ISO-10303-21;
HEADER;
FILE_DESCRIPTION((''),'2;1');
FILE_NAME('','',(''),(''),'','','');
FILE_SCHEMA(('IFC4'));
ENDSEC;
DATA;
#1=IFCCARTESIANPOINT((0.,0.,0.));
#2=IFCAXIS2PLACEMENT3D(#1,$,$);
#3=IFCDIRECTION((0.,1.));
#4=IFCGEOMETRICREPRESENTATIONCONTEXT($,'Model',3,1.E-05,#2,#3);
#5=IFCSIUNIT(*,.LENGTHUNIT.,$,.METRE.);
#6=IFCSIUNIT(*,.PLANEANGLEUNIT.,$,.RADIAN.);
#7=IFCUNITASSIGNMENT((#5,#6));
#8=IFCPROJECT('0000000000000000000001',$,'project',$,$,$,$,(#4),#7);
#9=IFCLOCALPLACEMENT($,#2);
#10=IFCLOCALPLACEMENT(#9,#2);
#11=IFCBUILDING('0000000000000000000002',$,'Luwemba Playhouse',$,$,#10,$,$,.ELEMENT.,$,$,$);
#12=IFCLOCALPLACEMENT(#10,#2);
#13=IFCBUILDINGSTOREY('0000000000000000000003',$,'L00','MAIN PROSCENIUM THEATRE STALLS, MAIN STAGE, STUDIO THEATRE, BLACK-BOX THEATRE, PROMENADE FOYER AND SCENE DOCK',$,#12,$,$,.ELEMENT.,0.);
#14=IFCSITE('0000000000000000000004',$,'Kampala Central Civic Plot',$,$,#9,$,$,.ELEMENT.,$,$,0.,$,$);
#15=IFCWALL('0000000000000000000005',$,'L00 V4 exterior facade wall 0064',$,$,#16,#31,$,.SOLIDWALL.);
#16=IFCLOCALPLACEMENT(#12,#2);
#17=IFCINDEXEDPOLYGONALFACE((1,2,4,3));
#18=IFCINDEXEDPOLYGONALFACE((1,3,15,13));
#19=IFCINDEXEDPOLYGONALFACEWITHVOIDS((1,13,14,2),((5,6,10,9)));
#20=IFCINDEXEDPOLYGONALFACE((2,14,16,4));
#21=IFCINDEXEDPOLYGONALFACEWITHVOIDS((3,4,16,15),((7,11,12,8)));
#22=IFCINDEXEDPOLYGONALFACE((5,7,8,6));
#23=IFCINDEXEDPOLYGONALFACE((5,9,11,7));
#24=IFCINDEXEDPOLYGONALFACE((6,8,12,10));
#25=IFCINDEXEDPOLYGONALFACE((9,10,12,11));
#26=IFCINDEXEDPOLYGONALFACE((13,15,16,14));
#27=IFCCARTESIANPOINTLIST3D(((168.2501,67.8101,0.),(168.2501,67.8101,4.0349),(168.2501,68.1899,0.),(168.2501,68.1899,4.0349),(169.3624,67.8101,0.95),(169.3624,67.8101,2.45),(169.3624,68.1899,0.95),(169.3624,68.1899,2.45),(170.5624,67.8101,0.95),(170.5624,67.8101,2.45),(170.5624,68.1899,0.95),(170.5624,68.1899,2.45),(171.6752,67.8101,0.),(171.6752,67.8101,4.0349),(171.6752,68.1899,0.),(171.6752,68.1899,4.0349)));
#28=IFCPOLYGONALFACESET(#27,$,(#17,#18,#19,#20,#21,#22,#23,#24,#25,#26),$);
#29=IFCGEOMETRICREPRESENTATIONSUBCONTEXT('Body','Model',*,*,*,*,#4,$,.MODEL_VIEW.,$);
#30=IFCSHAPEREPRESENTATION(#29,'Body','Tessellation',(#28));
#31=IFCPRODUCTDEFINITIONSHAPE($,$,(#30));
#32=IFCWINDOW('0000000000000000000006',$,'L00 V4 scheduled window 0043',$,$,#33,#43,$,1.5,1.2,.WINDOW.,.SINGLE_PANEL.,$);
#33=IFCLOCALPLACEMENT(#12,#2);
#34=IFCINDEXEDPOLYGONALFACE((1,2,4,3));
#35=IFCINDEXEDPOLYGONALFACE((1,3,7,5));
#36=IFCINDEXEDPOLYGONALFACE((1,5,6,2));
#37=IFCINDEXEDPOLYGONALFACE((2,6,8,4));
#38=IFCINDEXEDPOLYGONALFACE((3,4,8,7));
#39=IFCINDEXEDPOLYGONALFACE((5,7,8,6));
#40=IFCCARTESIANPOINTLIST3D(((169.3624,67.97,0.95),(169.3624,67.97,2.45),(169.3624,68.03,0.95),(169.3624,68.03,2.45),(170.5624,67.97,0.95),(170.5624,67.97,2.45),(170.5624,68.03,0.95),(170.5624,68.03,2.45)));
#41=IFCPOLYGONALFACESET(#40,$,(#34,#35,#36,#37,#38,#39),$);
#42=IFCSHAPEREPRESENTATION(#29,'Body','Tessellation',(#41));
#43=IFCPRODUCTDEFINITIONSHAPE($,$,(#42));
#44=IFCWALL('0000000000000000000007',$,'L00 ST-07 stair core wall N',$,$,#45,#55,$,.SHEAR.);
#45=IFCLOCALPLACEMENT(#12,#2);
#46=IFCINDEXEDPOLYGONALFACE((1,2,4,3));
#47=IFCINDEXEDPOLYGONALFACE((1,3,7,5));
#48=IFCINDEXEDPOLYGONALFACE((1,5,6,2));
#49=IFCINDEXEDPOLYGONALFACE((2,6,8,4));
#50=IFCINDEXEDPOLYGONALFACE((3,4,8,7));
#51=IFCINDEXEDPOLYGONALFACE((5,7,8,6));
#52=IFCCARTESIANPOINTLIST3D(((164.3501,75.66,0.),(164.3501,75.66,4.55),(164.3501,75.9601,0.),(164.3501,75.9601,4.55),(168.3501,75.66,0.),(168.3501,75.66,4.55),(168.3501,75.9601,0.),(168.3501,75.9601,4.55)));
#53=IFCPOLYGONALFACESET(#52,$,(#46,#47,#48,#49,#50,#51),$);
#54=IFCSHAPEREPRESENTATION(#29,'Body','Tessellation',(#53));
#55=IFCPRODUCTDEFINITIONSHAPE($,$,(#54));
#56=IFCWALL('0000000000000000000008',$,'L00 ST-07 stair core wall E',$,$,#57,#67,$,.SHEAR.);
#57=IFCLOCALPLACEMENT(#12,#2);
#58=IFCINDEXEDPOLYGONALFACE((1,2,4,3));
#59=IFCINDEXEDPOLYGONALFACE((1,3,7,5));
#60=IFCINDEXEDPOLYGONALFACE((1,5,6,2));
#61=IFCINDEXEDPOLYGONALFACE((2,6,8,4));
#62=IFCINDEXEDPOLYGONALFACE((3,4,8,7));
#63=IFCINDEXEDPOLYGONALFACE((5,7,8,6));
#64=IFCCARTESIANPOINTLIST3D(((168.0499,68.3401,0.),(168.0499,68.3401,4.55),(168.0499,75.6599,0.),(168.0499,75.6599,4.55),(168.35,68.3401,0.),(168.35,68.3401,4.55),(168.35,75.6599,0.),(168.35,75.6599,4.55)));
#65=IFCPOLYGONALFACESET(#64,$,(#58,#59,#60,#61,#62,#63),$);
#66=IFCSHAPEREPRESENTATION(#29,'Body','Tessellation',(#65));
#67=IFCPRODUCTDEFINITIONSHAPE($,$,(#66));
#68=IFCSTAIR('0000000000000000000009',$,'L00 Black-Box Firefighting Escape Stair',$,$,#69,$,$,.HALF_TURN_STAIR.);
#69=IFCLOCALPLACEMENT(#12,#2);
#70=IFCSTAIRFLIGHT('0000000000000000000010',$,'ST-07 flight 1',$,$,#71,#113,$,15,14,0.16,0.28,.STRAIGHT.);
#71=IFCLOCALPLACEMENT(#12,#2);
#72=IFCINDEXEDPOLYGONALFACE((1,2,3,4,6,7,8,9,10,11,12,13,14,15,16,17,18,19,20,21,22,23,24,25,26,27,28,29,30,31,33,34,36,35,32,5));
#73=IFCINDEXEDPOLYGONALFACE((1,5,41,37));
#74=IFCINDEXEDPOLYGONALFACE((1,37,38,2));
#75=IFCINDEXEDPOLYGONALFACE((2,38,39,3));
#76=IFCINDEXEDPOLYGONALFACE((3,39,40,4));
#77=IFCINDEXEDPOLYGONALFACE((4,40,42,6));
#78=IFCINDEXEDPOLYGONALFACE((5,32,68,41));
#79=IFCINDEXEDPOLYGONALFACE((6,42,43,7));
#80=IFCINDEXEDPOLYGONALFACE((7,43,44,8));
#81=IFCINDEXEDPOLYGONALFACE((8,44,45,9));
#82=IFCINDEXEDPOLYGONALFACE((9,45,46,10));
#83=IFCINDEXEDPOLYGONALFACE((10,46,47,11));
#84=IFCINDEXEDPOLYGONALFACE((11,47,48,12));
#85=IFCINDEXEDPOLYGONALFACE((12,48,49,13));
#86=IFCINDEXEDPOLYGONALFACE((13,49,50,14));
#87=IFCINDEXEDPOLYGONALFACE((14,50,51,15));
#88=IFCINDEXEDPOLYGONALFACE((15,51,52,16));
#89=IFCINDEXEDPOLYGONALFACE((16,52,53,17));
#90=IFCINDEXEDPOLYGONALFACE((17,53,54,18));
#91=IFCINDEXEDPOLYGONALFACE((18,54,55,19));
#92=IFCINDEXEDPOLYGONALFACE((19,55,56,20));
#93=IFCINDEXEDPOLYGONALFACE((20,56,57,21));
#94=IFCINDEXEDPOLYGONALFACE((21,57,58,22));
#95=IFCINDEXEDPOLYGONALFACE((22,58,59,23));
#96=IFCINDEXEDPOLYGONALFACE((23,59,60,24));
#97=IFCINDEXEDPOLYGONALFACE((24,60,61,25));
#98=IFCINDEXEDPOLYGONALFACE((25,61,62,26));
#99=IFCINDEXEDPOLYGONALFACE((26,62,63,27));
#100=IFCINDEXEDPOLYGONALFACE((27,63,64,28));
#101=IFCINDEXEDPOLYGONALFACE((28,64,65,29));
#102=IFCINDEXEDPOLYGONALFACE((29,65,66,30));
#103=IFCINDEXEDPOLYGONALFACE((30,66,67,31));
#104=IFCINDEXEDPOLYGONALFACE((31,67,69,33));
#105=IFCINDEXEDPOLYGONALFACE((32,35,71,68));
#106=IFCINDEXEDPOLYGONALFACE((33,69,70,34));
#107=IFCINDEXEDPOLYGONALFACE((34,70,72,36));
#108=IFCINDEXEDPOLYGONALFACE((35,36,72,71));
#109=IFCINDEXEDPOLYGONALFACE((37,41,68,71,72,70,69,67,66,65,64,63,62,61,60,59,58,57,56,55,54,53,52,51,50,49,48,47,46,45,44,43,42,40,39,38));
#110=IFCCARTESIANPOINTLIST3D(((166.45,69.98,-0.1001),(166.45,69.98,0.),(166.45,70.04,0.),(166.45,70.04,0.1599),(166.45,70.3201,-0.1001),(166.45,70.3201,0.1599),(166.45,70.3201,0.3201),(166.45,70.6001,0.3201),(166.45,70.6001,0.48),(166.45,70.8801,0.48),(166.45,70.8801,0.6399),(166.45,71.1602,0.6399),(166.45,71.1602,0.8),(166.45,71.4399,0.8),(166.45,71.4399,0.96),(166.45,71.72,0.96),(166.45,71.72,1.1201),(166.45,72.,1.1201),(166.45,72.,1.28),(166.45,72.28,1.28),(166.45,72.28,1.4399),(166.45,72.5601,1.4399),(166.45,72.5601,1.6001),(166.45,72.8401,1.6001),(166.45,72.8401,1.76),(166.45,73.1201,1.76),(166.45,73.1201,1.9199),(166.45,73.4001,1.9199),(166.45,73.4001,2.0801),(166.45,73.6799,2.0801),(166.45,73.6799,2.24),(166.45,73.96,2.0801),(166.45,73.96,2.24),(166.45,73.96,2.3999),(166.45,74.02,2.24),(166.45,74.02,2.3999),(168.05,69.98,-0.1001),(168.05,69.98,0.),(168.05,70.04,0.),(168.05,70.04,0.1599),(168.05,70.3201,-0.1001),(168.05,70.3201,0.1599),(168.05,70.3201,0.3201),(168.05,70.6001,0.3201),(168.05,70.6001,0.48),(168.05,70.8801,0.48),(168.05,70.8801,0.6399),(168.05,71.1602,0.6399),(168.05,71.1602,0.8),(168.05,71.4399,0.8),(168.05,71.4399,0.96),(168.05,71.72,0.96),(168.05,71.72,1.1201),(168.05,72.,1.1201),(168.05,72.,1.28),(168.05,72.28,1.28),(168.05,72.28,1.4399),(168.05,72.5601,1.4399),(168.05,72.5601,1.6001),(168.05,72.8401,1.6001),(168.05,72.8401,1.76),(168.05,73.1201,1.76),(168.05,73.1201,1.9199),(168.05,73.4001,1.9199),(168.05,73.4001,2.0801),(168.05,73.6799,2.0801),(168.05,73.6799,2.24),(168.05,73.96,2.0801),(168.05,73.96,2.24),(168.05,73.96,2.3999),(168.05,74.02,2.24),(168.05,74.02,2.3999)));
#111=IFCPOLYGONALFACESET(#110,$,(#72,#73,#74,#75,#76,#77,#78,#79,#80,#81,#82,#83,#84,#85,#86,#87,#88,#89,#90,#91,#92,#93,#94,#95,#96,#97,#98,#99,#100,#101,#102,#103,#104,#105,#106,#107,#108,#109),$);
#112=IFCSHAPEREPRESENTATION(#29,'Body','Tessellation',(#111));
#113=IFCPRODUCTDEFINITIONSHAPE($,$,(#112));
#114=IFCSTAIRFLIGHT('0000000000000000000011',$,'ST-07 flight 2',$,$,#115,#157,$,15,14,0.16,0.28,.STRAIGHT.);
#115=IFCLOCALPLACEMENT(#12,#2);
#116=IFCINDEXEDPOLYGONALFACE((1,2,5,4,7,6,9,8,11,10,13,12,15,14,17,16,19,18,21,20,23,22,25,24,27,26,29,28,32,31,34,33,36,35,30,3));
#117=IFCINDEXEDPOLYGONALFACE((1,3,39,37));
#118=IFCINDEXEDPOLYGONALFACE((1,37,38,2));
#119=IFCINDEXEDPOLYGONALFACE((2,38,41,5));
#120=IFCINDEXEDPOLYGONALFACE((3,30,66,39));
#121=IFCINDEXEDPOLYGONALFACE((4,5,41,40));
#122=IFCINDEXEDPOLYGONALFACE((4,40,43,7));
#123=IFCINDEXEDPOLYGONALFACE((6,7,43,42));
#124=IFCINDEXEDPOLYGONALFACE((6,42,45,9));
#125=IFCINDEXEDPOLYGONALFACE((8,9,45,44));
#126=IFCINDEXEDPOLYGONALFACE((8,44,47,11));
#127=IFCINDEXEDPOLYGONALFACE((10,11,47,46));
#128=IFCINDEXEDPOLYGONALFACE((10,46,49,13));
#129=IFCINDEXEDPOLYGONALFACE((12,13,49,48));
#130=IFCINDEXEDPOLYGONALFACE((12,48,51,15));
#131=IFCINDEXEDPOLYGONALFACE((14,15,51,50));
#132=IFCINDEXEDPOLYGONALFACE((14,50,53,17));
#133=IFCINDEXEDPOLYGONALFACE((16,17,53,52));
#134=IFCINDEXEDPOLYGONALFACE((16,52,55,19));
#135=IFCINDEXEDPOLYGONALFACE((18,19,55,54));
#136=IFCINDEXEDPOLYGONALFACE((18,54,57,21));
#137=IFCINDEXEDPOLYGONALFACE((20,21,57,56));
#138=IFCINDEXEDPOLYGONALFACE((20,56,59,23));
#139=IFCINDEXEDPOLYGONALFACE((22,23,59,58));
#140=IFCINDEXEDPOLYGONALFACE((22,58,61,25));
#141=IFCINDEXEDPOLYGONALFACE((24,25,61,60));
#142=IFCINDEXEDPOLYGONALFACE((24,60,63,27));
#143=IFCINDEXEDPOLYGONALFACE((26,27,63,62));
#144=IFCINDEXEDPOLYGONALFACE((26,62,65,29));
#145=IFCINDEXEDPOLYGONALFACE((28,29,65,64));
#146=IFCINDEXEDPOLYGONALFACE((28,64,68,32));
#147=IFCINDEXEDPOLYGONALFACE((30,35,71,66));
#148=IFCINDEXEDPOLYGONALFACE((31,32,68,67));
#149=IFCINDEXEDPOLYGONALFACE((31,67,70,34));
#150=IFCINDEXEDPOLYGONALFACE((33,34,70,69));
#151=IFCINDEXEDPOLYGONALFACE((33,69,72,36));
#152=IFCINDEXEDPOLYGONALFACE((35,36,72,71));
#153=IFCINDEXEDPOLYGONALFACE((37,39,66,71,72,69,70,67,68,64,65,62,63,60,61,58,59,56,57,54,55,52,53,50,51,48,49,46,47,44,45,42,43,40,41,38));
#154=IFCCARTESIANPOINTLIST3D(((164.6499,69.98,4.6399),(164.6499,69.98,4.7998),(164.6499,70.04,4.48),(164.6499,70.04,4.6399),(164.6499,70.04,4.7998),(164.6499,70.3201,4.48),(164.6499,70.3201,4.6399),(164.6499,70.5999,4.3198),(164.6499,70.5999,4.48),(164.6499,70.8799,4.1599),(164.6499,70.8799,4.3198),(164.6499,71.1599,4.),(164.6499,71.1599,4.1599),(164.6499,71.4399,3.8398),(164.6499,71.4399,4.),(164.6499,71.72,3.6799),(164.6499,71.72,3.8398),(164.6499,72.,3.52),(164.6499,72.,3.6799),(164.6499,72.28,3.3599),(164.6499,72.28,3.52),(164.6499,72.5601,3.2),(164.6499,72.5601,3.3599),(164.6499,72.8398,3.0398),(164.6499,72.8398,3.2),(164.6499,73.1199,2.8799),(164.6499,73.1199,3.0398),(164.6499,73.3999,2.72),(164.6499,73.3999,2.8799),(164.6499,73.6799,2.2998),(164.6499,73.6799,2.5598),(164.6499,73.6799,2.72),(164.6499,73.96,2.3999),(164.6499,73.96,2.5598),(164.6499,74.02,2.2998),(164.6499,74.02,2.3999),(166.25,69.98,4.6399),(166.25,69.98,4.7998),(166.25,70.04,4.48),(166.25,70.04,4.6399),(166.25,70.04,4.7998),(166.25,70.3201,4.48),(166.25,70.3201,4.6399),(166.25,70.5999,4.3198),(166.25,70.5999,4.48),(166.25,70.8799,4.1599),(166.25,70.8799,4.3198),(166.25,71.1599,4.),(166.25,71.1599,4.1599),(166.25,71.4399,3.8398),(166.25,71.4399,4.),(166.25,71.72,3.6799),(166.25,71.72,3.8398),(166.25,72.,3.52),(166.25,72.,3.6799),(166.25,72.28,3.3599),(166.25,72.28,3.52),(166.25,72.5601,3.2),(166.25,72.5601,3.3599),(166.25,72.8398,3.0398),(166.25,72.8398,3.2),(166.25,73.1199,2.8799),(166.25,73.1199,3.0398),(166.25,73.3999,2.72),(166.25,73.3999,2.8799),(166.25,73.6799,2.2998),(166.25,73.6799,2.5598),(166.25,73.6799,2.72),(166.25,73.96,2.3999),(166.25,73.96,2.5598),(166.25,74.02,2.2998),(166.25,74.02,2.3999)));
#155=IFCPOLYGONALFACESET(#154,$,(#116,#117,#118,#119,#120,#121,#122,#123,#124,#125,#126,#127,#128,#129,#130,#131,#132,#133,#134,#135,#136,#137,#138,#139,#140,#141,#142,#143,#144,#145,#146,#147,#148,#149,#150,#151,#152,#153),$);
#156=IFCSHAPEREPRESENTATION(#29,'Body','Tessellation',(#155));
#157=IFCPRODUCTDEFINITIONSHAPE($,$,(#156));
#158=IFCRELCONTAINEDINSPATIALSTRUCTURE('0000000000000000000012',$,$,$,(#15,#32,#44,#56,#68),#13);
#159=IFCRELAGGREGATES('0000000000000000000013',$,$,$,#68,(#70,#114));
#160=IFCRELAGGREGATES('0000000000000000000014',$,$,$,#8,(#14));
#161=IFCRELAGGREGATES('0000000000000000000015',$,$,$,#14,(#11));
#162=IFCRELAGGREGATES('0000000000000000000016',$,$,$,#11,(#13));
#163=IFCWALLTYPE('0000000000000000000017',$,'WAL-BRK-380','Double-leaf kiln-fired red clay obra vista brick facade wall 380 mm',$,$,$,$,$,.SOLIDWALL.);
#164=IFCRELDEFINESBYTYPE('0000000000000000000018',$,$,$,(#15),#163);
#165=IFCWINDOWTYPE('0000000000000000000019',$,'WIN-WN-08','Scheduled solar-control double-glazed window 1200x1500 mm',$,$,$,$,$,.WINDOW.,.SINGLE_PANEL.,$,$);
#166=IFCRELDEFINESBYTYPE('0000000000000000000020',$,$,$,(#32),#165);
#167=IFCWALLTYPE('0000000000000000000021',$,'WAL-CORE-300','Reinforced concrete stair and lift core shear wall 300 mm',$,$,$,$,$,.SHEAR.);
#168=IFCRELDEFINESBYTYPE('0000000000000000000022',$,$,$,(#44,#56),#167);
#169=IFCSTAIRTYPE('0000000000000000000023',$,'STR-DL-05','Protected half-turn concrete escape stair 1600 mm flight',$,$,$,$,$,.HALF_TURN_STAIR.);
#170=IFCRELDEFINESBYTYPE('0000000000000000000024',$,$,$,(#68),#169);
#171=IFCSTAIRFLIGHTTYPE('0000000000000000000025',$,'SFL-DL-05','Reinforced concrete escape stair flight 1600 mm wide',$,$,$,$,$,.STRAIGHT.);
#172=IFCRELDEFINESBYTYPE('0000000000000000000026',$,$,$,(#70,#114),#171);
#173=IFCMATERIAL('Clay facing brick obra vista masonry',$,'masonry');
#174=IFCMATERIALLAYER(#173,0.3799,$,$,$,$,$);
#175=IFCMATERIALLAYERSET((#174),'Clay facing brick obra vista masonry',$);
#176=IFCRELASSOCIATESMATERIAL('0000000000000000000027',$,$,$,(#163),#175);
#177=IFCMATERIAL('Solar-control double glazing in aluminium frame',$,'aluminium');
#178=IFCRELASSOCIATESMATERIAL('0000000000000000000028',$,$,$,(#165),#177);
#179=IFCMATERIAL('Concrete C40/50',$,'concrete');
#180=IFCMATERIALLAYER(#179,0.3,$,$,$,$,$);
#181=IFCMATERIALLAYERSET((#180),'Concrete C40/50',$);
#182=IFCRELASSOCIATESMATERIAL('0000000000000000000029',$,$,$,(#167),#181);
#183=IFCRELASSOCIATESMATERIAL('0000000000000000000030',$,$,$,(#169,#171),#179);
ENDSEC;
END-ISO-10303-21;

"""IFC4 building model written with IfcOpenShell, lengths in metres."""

from ifc_helpers import new_model, si_unit, direction, frame, frame_2d, origin, place, context, subcontext, project, spatial, polyline, rectangle, outline, extrude, material, layer, layer_set, type_object, element, fill, aggregate, save


model = new_model("IFC4")

# Units and contexts
model_context = context("Model", 3, precision=1e-05, world=origin(), true_north=direction((0.0, 1.0)))
body_context = subcontext(model_context, "Body", "Model", "MODEL_VIEW")
ifc_project = project(units=[si_unit("LENGTHUNIT", "METRE"), si_unit("PLANEANGLEUNIT", "RADIAN")], contexts=[model_context])

# Site, building, storey
site_placement = place(None, origin())
site = spatial("IfcSite", under=ifc_project, at=site_placement, Name="Kampala Central Civic Plot", CompositionType="ELEMENT", RefElevation=0.0)
building_placement = place(site_placement, origin())
building = spatial("IfcBuilding", under=site, at=building_placement, Name="Luwemba Playhouse", CompositionType="ELEMENT")
storey_placement = place(building_placement, origin())
storey = spatial("IfcBuildingStorey", under=building, at=storey_placement, Name="L00", Description="MAIN PROSCENIUM THEATRE STALLS, MAIN STAGE, STUDIO THEATRE, BLACK-BOX THEATRE, PROMENADE FOYER AND SCENE DOCK", CompositionType="ELEMENT", Elevation=0.0)

# Shared definitions
ifc_material_1 = material(Name="Concrete C40/50", Category="concrete")

# Shared definitions
ifc_material_2 = material(Name="Clay facing brick obra vista masonry", Category="masonry")
ifc_layer_1 = layer(ifc_material_2, 0.3799)
ifc_layer_set_1 = layer_set([ifc_layer_1], Name="Clay facing brick obra vista masonry")
wall_type_1 = type_object("IfcWallType", Name="WAL-BRK-380", Description="Double-leaf kiln-fired red clay obra vista brick facade wall 380 mm", PredefinedType="SOLIDWALL", material=ifc_layer_set_1)

# Wall, opening, window
wall_1_placement = place(storey_placement, frame((171.675, 68.0, 0.0), z_axis=(0.0, 0.0, 1.0), x_axis=(-1.0, 0.0, 0.0)))
wall_1 = element("IfcWall", 1, at=wall_1_placement, inside=storey, type_object=wall_type_1, Name="L00 V4 exterior facade wall 0064", PredefinedType="SOLIDWALL", context=body_context, shape_type="SweptSolid", body=[
    extrude(rectangle(XDim=3.425, YDim=0.3799, at=frame_2d((1.7124, 0.0))), origin(), (0.0, 0.0, 1.0), 4.0349),
])
opening_1_placement = place(wall_1_placement, frame((1.1125, 0.0, 0.95)))
opening_1 = element("IfcOpeningElement", 2, at=opening_1_placement, cuts=wall_1, PredefinedType="OPENING", context=body_context, shape_type="SweptSolid", body=[
    extrude(rectangle(XDim=1.2, YDim=1.5, at=frame_2d((0.6001, 0.75))), frame((0.0, 0.2, 0.0), z_axis=(0.0, -1.0, 0.0), x_axis=(1.0, 0.0, 0.0)), (0.0, 0.0, 1.0), 0.3999),
])
ifc_material_3 = material(Name="Solar-control double glazing in aluminium frame", Category="aluminium")
window_type = type_object("IfcWindowType", Name="WIN-WN-08", Description="Scheduled solar-control double-glazed window 1200x1500 mm", PartitioningType="SINGLE_PANEL", PredefinedType="WINDOW", material=ifc_material_3)
window_placement = place(opening_1_placement, origin())
window = element("IfcWindow", 3, at=window_placement, inside=storey, type_object=window_type, Name="L00 V4 scheduled window 0043", OverallHeight=1.5, OverallWidth=1.2, PartitioningType="SINGLE_PANEL", PredefinedType="WINDOW", context=body_context, shape_type="SweptSolid", body=[
    extrude(rectangle(XDim=1.2, YDim=1.5, at=frame_2d((0.6001, 0.75))), frame((0.0, 0.03, 0.0), z_axis=(0.0, -1.0, 0.0), x_axis=(1.0, 0.0, 0.0)), (0.0, 0.0, 1.0), 0.0601),
])
fill(opening_1, window)

# Walls
ifc_layer_2 = layer(ifc_material_1, 0.3)
ifc_layer_set_2 = layer_set([ifc_layer_2], Name="Concrete C40/50")
wall_type_2 = type_object("IfcWallType", Name="WAL-CORE-300", Description="Reinforced concrete stair and lift core shear wall 300 mm", PredefinedType="SHEAR", material=ifc_layer_set_2)
wall_2_placement = place(storey_placement, frame((168.3501, 75.8101, 0.0), z_axis=(0.0, 0.0, 1.0), x_axis=(-1.0, 0.0, 0.0)))
element("IfcWall", 4, at=wall_2_placement, inside=storey, type_object=wall_type_2, Name="L00 ST-07 stair core wall N", PredefinedType="SHEAR", context=body_context, shape_type="SweptSolid", body=[
    extrude(rectangle(XDim=4.0, YDim=0.3, at=frame_2d((2.0, 0.0))), origin(), (0.0, 0.0, 1.0), 4.55),
])
wall_3_placement = place(storey_placement, frame((168.2, 75.6599, 0.0), z_axis=(0.0, 0.0, 1.0), x_axis=(0.0, -1.0, 0.0)))
element("IfcWall", 5, at=wall_3_placement, inside=storey, type_object=wall_type_2, Name="L00 ST-07 stair core wall E", PredefinedType="SHEAR", context=body_context, shape_type="SweptSolid", body=[
    extrude(rectangle(XDim=7.3198, YDim=0.3, at=frame_2d((3.6599, 0.0))), origin(), (0.0, 0.0, 1.0), 4.55),
])

# Stair, stair flights
stair_type = type_object("IfcStairType", Name="STR-DL-05", Description="Protected half-turn concrete escape stair 1600 mm flight", PredefinedType="HALF_TURN_STAIR", material=ifc_material_1)
stair_placement = place(storey_placement, origin())
stair = element("IfcStair", 6, at=stair_placement, inside=storey, type_object=stair_type, Name="L00 Black-Box Firefighting Escape Stair", PredefinedType="HALF_TURN_STAIR")
stair_flight_type = type_object("IfcStairFlightType", Name="SFL-DL-05", Description="Reinforced concrete escape stair flight 1600 mm wide", PredefinedType="STRAIGHT", material=ifc_material_1)
stair_flight_1_placement = place(storey_placement, frame((167.25, 70.04, 0.0), z_axis=(0.0, 0.0, 1.0), x_axis=(0.0, 1.0, 0.0)))
stair_flight_1 = element("IfcStairFlight", 7, at=stair_flight_1_placement, type_object=stair_flight_type, Name="ST-07 flight 1", NumberOfRisers=15, NumberOfTreads=14, PredefinedType="STRAIGHT", RiserHeight=0.16, TreadLength=0.28, context=body_context, shape_type="SweptSolid", body=[
    extrude(outline(polyline([(-0.0601, -0.1001), (-0.0601, 0.0), (0.0, 0.0), (0.0, 0.1599), (0.28, 0.1599), (0.28, 0.3201), (0.5601, 0.3201), (0.5601, 0.48), (0.8401, 0.48), (0.8401, 0.6399), (1.1201, 0.6399), (1.1201, 0.8), (1.3999, 0.8), (1.3999, 0.96), (1.6799, 0.96), (1.6799, 1.1201), (1.96, 1.1201), (1.96, 1.28), (2.24, 1.28), (2.24, 1.4399), (2.52, 1.4399), (2.52, 1.6001), (2.8, 1.6001), (2.8, 1.76), (3.0801, 1.76), (3.0801, 1.9199), (3.3601, 1.9199), (3.3601, 2.0801), (3.6399, 2.0801), (3.6399, 2.24), (3.9199, 2.24), (3.9199, 2.3999), (3.98, 2.3999), (3.98, 2.24), (3.9199, 2.0801), (0.28, -0.1001), (-0.0601, -0.1001)])), frame((0.0, 0.8, 0.0), z_axis=(0.0, -1.0, 0.0), x_axis=(1.0, 0.0, 0.0)), (0.0, 0.0, 1.0), 1.6001),
])
stair_flight_2_placement = place(storey_placement, frame((165.45, 73.96, 2.3999), z_axis=(0.0, 0.0, 1.0), x_axis=(0.0, -1.0, 0.0)))
stair_flight_2 = element("IfcStairFlight", 8, at=stair_flight_2_placement, type_object=stair_flight_type, Name="ST-07 flight 2", NumberOfRisers=15, NumberOfTreads=14, PredefinedType="STRAIGHT", RiserHeight=0.16, TreadLength=0.28, context=body_context, shape_type="SweptSolid", body=[
    extrude(outline(polyline([(-0.0601, -0.1001), (-0.0601, 0.0), (0.0, 0.0), (0.0, 0.1599), (0.28, 0.1599), (0.28, 0.3201), (0.5601, 0.3201), (0.5601, 0.48), (0.8401, 0.48), (0.8401, 0.6399), (1.1201, 0.6399), (1.1201, 0.8), (1.3999, 0.8), (1.3999, 0.96), (1.6799, 0.96), (1.6799, 1.1201), (1.96, 1.1201), (1.96, 1.28), (2.24, 1.28), (2.24, 1.4399), (2.52, 1.4399), (2.52, 1.6001), (2.8, 1.6001), (2.8, 1.76), (3.0801, 1.76), (3.0801, 1.9199), (3.3601, 1.9199), (3.3601, 2.0801), (3.6399, 2.0801), (3.6399, 2.24), (3.9199, 2.24), (3.9199, 2.3999), (3.98, 2.3999), (3.98, 2.24), (3.9199, 2.0801), (0.28, -0.1001), (-0.0601, -0.1001)])), frame((0.0, 0.8, 0.0), z_axis=(0.0, -1.0, 0.0), x_axis=(1.0, 0.0, 0.0)), (0.0, 0.0, 1.0), 1.6001),
])
aggregate(stair, [stair_flight_1, stair_flight_2])

save(model, "model.ifc")
